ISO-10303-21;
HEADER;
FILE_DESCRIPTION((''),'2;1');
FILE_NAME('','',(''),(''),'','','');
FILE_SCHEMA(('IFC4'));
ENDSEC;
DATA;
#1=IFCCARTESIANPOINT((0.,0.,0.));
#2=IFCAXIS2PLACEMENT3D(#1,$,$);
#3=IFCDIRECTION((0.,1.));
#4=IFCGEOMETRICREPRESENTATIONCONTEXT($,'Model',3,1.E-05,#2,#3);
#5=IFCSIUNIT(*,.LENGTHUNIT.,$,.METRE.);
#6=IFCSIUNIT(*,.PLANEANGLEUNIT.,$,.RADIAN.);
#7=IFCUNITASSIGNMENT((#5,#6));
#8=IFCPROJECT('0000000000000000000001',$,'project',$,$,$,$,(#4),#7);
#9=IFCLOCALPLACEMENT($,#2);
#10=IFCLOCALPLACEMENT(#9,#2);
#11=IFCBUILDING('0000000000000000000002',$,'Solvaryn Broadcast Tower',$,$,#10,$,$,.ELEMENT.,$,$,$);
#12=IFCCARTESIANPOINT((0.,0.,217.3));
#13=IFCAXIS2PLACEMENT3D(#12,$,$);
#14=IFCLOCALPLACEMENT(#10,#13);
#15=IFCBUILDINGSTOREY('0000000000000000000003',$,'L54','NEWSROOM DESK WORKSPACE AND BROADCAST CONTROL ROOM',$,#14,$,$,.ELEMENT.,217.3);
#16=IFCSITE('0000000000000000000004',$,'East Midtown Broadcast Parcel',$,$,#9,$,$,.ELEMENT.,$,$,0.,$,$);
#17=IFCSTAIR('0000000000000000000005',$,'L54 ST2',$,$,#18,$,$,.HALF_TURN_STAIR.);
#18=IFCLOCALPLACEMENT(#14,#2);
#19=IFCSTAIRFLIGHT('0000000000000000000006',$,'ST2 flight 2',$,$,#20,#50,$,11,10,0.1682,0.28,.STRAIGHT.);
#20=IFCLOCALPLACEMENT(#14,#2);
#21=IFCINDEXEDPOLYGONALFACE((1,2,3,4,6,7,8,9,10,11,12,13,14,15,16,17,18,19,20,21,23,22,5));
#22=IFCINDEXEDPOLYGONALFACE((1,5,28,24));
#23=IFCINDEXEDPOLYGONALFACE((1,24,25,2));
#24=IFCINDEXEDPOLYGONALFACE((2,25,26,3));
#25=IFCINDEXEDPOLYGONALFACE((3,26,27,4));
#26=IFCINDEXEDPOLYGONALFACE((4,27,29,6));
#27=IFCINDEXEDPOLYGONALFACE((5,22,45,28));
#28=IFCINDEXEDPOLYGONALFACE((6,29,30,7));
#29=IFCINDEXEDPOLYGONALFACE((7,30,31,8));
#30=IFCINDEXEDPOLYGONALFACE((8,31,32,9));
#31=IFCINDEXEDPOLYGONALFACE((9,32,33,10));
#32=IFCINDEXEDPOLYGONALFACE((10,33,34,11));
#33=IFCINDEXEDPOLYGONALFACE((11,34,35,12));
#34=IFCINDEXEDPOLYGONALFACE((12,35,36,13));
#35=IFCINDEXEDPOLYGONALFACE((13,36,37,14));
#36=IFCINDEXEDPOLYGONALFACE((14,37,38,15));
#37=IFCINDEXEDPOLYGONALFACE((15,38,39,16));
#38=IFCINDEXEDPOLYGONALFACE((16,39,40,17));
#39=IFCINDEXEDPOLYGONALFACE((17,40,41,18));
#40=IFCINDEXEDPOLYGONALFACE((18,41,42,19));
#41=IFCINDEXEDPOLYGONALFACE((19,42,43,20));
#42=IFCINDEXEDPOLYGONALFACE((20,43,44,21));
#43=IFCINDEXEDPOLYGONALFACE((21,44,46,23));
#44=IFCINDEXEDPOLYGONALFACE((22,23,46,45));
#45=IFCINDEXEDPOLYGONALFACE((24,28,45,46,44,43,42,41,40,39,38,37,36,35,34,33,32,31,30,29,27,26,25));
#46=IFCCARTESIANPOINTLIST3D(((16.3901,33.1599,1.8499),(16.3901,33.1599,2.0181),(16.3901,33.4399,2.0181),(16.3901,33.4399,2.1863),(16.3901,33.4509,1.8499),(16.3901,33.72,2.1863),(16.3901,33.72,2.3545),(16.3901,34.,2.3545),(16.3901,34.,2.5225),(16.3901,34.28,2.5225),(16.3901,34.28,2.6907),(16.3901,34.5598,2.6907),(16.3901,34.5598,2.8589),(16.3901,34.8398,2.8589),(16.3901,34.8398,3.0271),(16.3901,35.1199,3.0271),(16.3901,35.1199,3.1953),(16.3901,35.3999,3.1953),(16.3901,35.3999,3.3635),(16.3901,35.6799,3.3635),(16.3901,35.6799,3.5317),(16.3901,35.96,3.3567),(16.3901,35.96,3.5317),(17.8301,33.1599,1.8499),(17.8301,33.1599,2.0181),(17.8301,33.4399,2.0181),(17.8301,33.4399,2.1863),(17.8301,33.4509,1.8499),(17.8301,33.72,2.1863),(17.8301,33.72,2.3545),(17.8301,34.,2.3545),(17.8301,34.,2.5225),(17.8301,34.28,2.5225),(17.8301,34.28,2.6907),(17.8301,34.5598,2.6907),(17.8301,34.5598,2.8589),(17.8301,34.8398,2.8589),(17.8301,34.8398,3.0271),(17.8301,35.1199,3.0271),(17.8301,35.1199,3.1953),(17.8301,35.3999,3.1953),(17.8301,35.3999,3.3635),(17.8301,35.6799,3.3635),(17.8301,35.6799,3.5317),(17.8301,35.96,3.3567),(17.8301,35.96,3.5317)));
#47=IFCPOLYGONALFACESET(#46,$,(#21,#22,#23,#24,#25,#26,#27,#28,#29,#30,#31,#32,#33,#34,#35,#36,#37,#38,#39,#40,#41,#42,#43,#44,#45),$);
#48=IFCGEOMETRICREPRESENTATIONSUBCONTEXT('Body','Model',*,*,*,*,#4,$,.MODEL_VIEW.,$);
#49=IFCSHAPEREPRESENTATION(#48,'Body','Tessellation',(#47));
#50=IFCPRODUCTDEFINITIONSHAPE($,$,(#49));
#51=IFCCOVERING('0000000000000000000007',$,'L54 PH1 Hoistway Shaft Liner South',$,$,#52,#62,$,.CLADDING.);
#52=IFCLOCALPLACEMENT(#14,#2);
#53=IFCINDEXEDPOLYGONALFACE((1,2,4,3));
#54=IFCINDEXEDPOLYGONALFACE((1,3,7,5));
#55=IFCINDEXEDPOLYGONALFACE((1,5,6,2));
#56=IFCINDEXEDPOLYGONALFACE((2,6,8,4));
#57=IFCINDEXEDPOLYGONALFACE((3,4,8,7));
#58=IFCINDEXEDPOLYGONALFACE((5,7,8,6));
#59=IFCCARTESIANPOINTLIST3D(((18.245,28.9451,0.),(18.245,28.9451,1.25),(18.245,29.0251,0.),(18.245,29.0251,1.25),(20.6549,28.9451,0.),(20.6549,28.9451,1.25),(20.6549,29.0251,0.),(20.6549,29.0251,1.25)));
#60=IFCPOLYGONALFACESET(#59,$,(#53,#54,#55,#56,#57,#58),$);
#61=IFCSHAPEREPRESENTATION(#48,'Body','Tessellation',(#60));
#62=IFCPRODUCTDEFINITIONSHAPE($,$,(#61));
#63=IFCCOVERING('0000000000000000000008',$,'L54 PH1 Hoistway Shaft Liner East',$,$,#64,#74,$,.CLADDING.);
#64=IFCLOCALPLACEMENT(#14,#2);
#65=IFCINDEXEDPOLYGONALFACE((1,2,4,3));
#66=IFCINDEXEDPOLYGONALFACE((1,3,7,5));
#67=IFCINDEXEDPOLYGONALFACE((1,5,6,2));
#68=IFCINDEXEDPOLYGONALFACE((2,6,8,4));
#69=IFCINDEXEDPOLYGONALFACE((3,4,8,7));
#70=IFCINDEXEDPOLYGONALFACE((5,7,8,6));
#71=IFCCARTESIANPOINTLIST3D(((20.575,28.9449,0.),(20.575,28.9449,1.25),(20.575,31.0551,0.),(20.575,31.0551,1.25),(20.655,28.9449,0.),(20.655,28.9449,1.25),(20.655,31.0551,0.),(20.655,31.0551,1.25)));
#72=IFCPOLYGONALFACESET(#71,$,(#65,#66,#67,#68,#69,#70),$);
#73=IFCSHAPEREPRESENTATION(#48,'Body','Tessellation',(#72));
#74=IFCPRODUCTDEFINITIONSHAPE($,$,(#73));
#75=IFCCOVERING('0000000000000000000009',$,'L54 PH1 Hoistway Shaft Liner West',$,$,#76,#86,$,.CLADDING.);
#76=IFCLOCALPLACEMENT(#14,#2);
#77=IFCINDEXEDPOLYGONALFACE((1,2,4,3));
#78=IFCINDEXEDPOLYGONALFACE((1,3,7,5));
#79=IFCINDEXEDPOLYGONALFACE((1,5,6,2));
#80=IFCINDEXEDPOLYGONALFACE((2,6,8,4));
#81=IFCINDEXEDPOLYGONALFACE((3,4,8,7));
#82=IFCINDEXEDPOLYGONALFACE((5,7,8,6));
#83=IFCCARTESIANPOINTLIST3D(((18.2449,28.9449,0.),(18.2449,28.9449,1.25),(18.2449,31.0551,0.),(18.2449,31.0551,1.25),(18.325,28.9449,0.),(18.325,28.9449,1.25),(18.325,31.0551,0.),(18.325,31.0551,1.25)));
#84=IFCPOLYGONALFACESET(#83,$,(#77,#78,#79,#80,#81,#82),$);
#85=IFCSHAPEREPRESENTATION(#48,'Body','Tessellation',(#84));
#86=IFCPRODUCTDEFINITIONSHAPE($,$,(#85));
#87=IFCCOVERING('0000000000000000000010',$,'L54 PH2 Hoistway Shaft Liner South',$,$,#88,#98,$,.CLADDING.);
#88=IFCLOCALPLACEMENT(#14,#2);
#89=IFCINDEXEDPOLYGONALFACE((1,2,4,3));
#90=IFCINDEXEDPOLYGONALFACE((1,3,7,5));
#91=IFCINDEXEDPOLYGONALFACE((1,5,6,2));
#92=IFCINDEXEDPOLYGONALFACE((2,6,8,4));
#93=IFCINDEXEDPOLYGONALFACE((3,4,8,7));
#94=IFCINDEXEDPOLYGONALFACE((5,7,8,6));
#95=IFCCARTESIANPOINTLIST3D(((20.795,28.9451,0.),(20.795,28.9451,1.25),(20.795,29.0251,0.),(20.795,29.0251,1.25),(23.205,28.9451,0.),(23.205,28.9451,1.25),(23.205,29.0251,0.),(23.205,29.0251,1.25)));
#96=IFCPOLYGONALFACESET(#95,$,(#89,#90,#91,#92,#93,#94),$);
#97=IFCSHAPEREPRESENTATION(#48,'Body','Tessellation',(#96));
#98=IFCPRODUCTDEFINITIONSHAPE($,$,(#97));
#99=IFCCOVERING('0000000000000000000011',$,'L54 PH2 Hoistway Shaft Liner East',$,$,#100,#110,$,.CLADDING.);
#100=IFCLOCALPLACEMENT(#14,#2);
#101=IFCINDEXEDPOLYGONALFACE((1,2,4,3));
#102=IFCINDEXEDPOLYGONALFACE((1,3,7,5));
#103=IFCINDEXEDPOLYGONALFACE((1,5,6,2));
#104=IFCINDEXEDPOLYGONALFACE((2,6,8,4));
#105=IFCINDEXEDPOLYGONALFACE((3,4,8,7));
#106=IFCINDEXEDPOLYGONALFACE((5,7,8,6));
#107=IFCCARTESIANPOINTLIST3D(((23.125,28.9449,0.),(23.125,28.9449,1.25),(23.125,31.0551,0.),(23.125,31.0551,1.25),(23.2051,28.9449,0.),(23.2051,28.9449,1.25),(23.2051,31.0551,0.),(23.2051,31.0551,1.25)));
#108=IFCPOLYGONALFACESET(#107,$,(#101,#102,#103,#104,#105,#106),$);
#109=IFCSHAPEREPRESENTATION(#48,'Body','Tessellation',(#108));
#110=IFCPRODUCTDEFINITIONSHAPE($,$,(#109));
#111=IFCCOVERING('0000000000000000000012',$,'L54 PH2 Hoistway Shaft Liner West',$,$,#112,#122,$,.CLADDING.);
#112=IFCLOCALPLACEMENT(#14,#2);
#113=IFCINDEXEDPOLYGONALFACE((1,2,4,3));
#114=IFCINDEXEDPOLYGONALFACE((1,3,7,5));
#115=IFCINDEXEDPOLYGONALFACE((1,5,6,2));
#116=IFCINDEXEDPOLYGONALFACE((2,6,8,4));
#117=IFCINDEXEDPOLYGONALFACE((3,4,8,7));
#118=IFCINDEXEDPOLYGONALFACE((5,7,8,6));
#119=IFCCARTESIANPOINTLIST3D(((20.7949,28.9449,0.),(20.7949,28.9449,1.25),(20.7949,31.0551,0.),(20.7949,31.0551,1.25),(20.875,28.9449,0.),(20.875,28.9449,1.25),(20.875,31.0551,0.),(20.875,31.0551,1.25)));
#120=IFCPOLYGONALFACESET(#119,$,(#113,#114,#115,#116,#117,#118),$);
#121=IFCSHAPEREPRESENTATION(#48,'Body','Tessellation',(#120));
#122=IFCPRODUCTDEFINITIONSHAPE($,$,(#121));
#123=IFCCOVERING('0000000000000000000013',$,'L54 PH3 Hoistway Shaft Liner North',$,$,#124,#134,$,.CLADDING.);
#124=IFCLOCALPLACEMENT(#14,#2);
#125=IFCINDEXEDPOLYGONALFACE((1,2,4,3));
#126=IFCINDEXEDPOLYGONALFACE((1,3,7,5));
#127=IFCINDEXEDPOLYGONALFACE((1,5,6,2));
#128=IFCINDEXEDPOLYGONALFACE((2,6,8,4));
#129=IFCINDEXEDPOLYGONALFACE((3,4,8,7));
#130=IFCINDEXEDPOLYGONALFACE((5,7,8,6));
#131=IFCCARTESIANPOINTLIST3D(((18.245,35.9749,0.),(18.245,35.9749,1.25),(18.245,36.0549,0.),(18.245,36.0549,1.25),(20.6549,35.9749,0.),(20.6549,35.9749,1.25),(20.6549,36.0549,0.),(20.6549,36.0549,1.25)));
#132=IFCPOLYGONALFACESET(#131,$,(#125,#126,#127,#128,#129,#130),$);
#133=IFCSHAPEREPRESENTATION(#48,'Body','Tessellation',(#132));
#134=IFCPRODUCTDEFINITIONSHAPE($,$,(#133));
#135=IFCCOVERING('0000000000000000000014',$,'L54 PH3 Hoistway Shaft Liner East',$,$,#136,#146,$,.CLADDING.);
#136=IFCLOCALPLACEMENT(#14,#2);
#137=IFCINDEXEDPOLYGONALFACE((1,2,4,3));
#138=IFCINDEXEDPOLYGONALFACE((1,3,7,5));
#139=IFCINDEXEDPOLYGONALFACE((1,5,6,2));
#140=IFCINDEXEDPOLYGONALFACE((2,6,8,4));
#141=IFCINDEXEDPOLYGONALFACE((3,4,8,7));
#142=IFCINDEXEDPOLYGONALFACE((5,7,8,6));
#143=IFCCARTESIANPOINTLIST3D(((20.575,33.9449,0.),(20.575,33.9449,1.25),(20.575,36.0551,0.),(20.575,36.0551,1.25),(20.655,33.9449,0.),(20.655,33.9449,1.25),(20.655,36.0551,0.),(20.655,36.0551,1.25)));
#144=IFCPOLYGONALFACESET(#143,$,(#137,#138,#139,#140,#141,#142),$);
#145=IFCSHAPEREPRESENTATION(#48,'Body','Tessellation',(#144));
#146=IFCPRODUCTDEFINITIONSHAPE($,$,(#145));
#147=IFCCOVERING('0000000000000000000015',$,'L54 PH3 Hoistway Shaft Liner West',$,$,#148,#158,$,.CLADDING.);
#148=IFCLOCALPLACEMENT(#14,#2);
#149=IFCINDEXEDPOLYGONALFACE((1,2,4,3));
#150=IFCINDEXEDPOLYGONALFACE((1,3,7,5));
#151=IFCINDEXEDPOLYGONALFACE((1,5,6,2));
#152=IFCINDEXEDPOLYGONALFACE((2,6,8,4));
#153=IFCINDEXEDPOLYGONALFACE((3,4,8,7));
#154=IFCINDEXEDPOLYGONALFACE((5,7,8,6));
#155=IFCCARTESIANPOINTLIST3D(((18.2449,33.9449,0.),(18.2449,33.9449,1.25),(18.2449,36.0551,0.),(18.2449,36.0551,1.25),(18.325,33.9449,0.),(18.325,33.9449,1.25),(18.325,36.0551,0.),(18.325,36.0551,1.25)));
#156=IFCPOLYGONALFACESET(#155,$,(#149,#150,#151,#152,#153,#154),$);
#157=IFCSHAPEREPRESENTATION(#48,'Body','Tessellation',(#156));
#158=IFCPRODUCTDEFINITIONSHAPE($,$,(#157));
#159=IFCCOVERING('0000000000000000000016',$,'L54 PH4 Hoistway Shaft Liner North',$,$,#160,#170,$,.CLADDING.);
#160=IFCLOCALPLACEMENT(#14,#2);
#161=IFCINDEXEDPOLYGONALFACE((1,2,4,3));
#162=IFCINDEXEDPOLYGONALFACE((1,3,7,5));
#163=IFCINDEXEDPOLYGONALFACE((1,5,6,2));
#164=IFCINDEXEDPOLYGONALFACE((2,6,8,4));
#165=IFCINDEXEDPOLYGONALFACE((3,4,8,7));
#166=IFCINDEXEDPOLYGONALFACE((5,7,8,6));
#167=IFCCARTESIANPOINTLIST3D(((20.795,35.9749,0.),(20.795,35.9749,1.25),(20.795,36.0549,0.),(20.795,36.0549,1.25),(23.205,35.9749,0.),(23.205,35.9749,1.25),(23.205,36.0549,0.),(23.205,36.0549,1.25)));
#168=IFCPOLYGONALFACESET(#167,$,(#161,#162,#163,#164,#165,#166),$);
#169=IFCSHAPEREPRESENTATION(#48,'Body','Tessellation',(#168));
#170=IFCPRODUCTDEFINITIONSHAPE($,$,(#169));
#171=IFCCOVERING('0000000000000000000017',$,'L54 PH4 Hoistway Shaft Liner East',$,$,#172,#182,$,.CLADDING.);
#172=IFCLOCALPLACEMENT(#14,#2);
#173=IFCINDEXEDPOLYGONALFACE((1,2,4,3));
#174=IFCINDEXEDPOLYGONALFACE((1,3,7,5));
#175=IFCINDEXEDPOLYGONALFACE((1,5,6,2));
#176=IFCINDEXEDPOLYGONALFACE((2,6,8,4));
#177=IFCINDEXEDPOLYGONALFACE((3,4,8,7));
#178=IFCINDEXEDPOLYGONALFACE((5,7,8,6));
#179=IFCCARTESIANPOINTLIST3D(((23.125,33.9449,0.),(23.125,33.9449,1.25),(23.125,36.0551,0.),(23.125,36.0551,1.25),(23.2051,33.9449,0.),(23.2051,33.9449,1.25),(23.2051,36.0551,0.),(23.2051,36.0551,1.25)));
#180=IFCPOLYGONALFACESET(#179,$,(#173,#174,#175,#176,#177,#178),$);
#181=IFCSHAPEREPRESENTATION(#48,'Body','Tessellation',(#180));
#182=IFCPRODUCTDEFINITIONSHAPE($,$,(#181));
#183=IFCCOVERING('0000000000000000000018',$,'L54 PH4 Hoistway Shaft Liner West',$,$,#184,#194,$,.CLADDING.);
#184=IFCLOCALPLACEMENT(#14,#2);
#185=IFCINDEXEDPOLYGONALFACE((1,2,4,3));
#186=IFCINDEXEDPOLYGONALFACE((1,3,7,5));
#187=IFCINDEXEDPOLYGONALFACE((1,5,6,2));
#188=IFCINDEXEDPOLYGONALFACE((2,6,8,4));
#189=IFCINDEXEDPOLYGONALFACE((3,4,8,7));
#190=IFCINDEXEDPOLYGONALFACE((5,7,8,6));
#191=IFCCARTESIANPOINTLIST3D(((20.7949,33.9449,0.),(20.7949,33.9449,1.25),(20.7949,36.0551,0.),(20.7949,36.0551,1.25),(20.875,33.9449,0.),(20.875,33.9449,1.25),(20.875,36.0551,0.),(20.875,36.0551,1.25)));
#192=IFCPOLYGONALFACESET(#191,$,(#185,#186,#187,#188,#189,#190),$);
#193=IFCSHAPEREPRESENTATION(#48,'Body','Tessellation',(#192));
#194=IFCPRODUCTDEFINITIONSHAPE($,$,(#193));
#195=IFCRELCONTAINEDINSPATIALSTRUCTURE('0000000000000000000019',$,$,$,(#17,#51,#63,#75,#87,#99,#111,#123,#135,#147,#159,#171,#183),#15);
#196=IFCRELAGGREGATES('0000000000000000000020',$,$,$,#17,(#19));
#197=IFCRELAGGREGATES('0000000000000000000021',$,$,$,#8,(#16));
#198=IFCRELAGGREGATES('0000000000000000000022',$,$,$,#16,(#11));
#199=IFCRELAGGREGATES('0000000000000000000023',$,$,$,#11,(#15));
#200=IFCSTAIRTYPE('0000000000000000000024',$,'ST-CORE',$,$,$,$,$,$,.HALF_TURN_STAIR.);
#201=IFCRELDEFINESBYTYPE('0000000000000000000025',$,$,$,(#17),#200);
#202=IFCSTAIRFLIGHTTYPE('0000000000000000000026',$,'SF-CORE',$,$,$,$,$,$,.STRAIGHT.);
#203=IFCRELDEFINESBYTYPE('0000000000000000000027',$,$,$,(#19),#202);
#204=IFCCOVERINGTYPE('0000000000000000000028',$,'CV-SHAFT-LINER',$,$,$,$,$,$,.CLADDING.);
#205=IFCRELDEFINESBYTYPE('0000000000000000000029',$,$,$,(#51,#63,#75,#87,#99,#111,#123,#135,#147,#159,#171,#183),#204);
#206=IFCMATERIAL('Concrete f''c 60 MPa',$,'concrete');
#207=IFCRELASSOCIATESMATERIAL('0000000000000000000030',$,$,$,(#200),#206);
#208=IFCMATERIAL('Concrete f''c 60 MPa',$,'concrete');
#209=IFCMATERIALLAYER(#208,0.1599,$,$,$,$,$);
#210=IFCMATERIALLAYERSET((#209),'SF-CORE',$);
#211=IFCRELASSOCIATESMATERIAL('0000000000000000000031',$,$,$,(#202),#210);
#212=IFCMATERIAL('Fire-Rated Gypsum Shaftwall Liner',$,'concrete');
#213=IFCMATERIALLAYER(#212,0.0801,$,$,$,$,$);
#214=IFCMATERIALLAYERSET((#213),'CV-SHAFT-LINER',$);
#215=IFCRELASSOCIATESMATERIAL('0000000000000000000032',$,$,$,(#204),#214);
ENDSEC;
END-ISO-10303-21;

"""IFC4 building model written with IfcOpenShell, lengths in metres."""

from ifc_helpers import new_model, si_unit, direction, frame, origin, origin_2d, place, context, subcontext, project, spatial, polyline, rectangle, outline, extrude, material, layer, layer_set, type_object, element, aggregate, save


model = new_model("IFC4")

# Units and contexts
model_context = context("Model", 3, precision=1e-05, world=origin(), true_north=direction((0.0, 1.0)))
body_context = subcontext(model_context, "Body", "Model", "MODEL_VIEW")
ifc_project = project(units=[si_unit("LENGTHUNIT", "METRE"), si_unit("PLANEANGLEUNIT", "RADIAN")], contexts=[model_context])

# Site, building, storey
site_placement = place(None, origin())
site = spatial("IfcSite", under=ifc_project, at=site_placement, Name="East Midtown Broadcast Parcel", CompositionType="ELEMENT", RefElevation=0.0)
building_placement = place(site_placement, origin())
building = spatial("IfcBuilding", under=site, at=building_placement, Name="Solvaryn Broadcast Tower", CompositionType="ELEMENT")
storey_placement = place(building_placement, frame((0.0, 0.0, 217.3)))
storey = spatial("IfcBuildingStorey", under=building, at=storey_placement, Name="L54", Description="NEWSROOM DESK WORKSPACE AND BROADCAST CONTROL ROOM", CompositionType="ELEMENT", Elevation=217.3)

# Stair, stair flight
ifc_material_1 = material(Name="Concrete f'c 60 MPa", Category="concrete")
stair_type = type_object("IfcStairType", Name="ST-CORE", PredefinedType="HALF_TURN_STAIR", material=ifc_material_1)
stair_placement = place(storey_placement, origin())
stair = element("IfcStair", 1, at=stair_placement, inside=storey, type_object=stair_type, Name="L54 ST2", PredefinedType="HALF_TURN_STAIR")
ifc_material_2 = material(Name="Concrete f'c 60 MPa", Category="concrete")
ifc_layer_1 = layer(ifc_material_2, 0.1599)
ifc_layer_set_1 = layer_set([ifc_layer_1], Name="SF-CORE")
stair_flight_type = type_object("IfcStairFlightType", Name="SF-CORE", PredefinedType="STRAIGHT", material=ifc_layer_set_1)
stair_flight_placement = place(storey_placement, frame((17.1101, 33.1599, 1.8499), z_axis=(0.0, 0.0, 1.0), x_axis=(0.0, 1.0, 0.0)))
stair_flight = element("IfcStairFlight", 2, at=stair_flight_placement, type_object=stair_flight_type, Name="ST2 flight 2", NumberOfRisers=11, NumberOfTreads=10, PredefinedType="STRAIGHT", RiserHeight=0.1682, TreadLength=0.28, context=body_context, shape_type="SweptSolid", body=[
    extrude(outline(polyline([(0.0, 0.0), (0.0, 0.1682), (0.28, 0.1682), (0.28, 0.3364), (0.5601, 0.3364), (0.5601, 0.5046), (0.8401, 0.5046), (0.8401, 0.6726), (1.1201, 0.6726), (1.1201, 0.8408), (1.3999, 0.8408), (1.3999, 1.009), (1.6799, 1.009), (1.6799, 1.1772), (1.96, 1.1772), (1.96, 1.3455), (2.24, 1.3455), (2.24, 1.5137), (2.52, 1.5137), (2.52, 1.6819), (2.8, 1.6819), (2.8, 1.8501), (2.8, 1.5068), (0.291, 0.0), (0.0, 0.0)])), frame((0.0, 0.72, 0.0), z_axis=(0.0, -1.0, 0.0), x_axis=(1.0, 0.0, 0.0)), (0.0, 0.0, 1.0), 1.4399),
])
aggregate(stair, [stair_flight])

# Coverings
ifc_material_3 = material(Name="Fire-Rated Gypsum Shaftwall Liner", Category="concrete")
ifc_layer_2 = layer(ifc_material_3, 0.0801)
ifc_layer_set_2 = layer_set([ifc_layer_2], Name="CV-SHAFT-LINER")
covering_type = type_object("IfcCoveringType", Name="CV-SHAFT-LINER", PredefinedType="CLADDING", material=ifc_layer_set_2)
covering_1_placement = place(storey_placement, frame((19.45, 28.9851, 0.0), z_axis=(0.0, 0.0, 1.0), x_axis=(1.0, 0.0, 0.0)))
element("IfcCovering", 3, at=covering_1_placement, inside=storey, type_object=covering_type, Name="L54 PH1 Hoistway Shaft Liner South", PredefinedType="CLADDING", context=body_context, shape_type="SweptSolid", body=[
    extrude(rectangle(XDim=2.4099, YDim=0.0801, at=origin_2d()), origin(), (0.0, 0.0, 1.0), 1.25),
])
for number, where, z_axis, x_axis, name in (
    (4, (20.615, 30.0, 0.0), (0.0, 0.0, 1.0), (1.0, 0.0, 0.0), "L54 PH1 Hoistway Shaft Liner East"),
    (5, (18.2849, 30.0, 0.0), (0.0, 0.0, 1.0), (1.0, 0.0, 0.0), "L54 PH1 Hoistway Shaft Liner West"),
):
    element("IfcCovering", number, at=place(storey_placement, frame(where, z_axis=z_axis, x_axis=x_axis)), inside=storey, type_object=covering_type, Name=name, PredefinedType="CLADDING", context=body_context, shape_type="SweptSolid", body=[
        extrude(rectangle(XDim=0.0801, YDim=2.1101, at=origin_2d()), origin(), (0.0, 0.0, 1.0), 1.25),
    ])
covering_2_placement = place(storey_placement, frame((22.0, 28.9851, 0.0), z_axis=(0.0, 0.0, 1.0), x_axis=(1.0, 0.0, 0.0)))
element("IfcCovering", 6, at=covering_2_placement, inside=storey, type_object=covering_type, Name="L54 PH2 Hoistway Shaft Liner South", PredefinedType="CLADDING", context=body_context, shape_type="SweptSolid", body=[
    extrude(rectangle(XDim=2.4099, YDim=0.0801, at=origin_2d()), origin(), (0.0, 0.0, 1.0), 1.25),
])
for number, where, z_axis, x_axis, name in (
    (7, (23.165, 30.0, 0.0), (0.0, 0.0, 1.0), (1.0, 0.0, 0.0), "L54 PH2 Hoistway Shaft Liner East"),
    (8, (20.835, 30.0, 0.0), (0.0, 0.0, 1.0), (1.0, 0.0, 0.0), "L54 PH2 Hoistway Shaft Liner West"),
):
    element("IfcCovering", number, at=place(storey_placement, frame(where, z_axis=z_axis, x_axis=x_axis)), inside=storey, type_object=covering_type, Name=name, PredefinedType="CLADDING", context=body_context, shape_type="SweptSolid", body=[
        extrude(rectangle(XDim=0.0801, YDim=2.1101, at=origin_2d()), origin(), (0.0, 0.0, 1.0), 1.25),
    ])
covering_3_placement = place(storey_placement, frame((19.45, 36.0149, 0.0), z_axis=(0.0, 0.0, 1.0), x_axis=(1.0, 0.0, 0.0)))
element("IfcCovering", 9, at=covering_3_placement, inside=storey, type_object=covering_type, Name="L54 PH3 Hoistway Shaft Liner North", PredefinedType="CLADDING", context=body_context, shape_type="SweptSolid", body=[
    extrude(rectangle(XDim=2.4099, YDim=0.0801, at=origin_2d()), origin(), (0.0, 0.0, 1.0), 1.25),
])
for number, where, z_axis, x_axis, name in (
    (10, (20.615, 35.0, 0.0), (0.0, 0.0, 1.0), (1.0, 0.0, 0.0), "L54 PH3 Hoistway Shaft Liner East"),
    (11, (18.2849, 35.0, 0.0), (0.0, 0.0, 1.0), (1.0, 0.0, 0.0), "L54 PH3 Hoistway Shaft Liner West"),
):
    element("IfcCovering", number, at=place(storey_placement, frame(where, z_axis=z_axis, x_axis=x_axis)), inside=storey, type_object=covering_type, Name=name, PredefinedType="CLADDING", context=body_context, shape_type="SweptSolid", body=[
        extrude(rectangle(XDim=0.0801, YDim=2.1101, at=origin_2d()), origin(), (0.0, 0.0, 1.0), 1.25),
    ])
covering_4_placement = place(storey_placement, frame((22.0, 36.0149, 0.0), z_axis=(0.0, 0.0, 1.0), x_axis=(1.0, 0.0, 0.0)))
element("IfcCovering", 12, at=covering_4_placement, inside=storey, type_object=covering_type, Name="L54 PH4 Hoistway Shaft Liner North", PredefinedType="CLADDING", context=body_context, shape_type="SweptSolid", body=[
    extrude(rectangle(XDim=2.4099, YDim=0.0801, at=origin_2d()), origin(), (0.0, 0.0, 1.0), 1.25),
])
for number, where, z_axis, x_axis, name in (
    (13, (23.165, 35.0, 0.0), (0.0, 0.0, 1.0), (1.0, 0.0, 0.0), "L54 PH4 Hoistway Shaft Liner East"),
    (14, (20.835, 35.0, 0.0), (0.0, 0.0, 1.0), (1.0, 0.0, 0.0), "L54 PH4 Hoistway Shaft Liner West"),
):
    element("IfcCovering", number, at=place(storey_placement, frame(where, z_axis=z_axis, x_axis=x_axis)), inside=storey, type_object=covering_type, Name=name, PredefinedType="CLADDING", context=body_context, shape_type="SweptSolid", body=[
        extrude(rectangle(XDim=0.0801, YDim=2.1101, at=origin_2d()), origin(), (0.0, 0.0, 1.0), 1.25),
    ])

save(model, "model.ifc")
